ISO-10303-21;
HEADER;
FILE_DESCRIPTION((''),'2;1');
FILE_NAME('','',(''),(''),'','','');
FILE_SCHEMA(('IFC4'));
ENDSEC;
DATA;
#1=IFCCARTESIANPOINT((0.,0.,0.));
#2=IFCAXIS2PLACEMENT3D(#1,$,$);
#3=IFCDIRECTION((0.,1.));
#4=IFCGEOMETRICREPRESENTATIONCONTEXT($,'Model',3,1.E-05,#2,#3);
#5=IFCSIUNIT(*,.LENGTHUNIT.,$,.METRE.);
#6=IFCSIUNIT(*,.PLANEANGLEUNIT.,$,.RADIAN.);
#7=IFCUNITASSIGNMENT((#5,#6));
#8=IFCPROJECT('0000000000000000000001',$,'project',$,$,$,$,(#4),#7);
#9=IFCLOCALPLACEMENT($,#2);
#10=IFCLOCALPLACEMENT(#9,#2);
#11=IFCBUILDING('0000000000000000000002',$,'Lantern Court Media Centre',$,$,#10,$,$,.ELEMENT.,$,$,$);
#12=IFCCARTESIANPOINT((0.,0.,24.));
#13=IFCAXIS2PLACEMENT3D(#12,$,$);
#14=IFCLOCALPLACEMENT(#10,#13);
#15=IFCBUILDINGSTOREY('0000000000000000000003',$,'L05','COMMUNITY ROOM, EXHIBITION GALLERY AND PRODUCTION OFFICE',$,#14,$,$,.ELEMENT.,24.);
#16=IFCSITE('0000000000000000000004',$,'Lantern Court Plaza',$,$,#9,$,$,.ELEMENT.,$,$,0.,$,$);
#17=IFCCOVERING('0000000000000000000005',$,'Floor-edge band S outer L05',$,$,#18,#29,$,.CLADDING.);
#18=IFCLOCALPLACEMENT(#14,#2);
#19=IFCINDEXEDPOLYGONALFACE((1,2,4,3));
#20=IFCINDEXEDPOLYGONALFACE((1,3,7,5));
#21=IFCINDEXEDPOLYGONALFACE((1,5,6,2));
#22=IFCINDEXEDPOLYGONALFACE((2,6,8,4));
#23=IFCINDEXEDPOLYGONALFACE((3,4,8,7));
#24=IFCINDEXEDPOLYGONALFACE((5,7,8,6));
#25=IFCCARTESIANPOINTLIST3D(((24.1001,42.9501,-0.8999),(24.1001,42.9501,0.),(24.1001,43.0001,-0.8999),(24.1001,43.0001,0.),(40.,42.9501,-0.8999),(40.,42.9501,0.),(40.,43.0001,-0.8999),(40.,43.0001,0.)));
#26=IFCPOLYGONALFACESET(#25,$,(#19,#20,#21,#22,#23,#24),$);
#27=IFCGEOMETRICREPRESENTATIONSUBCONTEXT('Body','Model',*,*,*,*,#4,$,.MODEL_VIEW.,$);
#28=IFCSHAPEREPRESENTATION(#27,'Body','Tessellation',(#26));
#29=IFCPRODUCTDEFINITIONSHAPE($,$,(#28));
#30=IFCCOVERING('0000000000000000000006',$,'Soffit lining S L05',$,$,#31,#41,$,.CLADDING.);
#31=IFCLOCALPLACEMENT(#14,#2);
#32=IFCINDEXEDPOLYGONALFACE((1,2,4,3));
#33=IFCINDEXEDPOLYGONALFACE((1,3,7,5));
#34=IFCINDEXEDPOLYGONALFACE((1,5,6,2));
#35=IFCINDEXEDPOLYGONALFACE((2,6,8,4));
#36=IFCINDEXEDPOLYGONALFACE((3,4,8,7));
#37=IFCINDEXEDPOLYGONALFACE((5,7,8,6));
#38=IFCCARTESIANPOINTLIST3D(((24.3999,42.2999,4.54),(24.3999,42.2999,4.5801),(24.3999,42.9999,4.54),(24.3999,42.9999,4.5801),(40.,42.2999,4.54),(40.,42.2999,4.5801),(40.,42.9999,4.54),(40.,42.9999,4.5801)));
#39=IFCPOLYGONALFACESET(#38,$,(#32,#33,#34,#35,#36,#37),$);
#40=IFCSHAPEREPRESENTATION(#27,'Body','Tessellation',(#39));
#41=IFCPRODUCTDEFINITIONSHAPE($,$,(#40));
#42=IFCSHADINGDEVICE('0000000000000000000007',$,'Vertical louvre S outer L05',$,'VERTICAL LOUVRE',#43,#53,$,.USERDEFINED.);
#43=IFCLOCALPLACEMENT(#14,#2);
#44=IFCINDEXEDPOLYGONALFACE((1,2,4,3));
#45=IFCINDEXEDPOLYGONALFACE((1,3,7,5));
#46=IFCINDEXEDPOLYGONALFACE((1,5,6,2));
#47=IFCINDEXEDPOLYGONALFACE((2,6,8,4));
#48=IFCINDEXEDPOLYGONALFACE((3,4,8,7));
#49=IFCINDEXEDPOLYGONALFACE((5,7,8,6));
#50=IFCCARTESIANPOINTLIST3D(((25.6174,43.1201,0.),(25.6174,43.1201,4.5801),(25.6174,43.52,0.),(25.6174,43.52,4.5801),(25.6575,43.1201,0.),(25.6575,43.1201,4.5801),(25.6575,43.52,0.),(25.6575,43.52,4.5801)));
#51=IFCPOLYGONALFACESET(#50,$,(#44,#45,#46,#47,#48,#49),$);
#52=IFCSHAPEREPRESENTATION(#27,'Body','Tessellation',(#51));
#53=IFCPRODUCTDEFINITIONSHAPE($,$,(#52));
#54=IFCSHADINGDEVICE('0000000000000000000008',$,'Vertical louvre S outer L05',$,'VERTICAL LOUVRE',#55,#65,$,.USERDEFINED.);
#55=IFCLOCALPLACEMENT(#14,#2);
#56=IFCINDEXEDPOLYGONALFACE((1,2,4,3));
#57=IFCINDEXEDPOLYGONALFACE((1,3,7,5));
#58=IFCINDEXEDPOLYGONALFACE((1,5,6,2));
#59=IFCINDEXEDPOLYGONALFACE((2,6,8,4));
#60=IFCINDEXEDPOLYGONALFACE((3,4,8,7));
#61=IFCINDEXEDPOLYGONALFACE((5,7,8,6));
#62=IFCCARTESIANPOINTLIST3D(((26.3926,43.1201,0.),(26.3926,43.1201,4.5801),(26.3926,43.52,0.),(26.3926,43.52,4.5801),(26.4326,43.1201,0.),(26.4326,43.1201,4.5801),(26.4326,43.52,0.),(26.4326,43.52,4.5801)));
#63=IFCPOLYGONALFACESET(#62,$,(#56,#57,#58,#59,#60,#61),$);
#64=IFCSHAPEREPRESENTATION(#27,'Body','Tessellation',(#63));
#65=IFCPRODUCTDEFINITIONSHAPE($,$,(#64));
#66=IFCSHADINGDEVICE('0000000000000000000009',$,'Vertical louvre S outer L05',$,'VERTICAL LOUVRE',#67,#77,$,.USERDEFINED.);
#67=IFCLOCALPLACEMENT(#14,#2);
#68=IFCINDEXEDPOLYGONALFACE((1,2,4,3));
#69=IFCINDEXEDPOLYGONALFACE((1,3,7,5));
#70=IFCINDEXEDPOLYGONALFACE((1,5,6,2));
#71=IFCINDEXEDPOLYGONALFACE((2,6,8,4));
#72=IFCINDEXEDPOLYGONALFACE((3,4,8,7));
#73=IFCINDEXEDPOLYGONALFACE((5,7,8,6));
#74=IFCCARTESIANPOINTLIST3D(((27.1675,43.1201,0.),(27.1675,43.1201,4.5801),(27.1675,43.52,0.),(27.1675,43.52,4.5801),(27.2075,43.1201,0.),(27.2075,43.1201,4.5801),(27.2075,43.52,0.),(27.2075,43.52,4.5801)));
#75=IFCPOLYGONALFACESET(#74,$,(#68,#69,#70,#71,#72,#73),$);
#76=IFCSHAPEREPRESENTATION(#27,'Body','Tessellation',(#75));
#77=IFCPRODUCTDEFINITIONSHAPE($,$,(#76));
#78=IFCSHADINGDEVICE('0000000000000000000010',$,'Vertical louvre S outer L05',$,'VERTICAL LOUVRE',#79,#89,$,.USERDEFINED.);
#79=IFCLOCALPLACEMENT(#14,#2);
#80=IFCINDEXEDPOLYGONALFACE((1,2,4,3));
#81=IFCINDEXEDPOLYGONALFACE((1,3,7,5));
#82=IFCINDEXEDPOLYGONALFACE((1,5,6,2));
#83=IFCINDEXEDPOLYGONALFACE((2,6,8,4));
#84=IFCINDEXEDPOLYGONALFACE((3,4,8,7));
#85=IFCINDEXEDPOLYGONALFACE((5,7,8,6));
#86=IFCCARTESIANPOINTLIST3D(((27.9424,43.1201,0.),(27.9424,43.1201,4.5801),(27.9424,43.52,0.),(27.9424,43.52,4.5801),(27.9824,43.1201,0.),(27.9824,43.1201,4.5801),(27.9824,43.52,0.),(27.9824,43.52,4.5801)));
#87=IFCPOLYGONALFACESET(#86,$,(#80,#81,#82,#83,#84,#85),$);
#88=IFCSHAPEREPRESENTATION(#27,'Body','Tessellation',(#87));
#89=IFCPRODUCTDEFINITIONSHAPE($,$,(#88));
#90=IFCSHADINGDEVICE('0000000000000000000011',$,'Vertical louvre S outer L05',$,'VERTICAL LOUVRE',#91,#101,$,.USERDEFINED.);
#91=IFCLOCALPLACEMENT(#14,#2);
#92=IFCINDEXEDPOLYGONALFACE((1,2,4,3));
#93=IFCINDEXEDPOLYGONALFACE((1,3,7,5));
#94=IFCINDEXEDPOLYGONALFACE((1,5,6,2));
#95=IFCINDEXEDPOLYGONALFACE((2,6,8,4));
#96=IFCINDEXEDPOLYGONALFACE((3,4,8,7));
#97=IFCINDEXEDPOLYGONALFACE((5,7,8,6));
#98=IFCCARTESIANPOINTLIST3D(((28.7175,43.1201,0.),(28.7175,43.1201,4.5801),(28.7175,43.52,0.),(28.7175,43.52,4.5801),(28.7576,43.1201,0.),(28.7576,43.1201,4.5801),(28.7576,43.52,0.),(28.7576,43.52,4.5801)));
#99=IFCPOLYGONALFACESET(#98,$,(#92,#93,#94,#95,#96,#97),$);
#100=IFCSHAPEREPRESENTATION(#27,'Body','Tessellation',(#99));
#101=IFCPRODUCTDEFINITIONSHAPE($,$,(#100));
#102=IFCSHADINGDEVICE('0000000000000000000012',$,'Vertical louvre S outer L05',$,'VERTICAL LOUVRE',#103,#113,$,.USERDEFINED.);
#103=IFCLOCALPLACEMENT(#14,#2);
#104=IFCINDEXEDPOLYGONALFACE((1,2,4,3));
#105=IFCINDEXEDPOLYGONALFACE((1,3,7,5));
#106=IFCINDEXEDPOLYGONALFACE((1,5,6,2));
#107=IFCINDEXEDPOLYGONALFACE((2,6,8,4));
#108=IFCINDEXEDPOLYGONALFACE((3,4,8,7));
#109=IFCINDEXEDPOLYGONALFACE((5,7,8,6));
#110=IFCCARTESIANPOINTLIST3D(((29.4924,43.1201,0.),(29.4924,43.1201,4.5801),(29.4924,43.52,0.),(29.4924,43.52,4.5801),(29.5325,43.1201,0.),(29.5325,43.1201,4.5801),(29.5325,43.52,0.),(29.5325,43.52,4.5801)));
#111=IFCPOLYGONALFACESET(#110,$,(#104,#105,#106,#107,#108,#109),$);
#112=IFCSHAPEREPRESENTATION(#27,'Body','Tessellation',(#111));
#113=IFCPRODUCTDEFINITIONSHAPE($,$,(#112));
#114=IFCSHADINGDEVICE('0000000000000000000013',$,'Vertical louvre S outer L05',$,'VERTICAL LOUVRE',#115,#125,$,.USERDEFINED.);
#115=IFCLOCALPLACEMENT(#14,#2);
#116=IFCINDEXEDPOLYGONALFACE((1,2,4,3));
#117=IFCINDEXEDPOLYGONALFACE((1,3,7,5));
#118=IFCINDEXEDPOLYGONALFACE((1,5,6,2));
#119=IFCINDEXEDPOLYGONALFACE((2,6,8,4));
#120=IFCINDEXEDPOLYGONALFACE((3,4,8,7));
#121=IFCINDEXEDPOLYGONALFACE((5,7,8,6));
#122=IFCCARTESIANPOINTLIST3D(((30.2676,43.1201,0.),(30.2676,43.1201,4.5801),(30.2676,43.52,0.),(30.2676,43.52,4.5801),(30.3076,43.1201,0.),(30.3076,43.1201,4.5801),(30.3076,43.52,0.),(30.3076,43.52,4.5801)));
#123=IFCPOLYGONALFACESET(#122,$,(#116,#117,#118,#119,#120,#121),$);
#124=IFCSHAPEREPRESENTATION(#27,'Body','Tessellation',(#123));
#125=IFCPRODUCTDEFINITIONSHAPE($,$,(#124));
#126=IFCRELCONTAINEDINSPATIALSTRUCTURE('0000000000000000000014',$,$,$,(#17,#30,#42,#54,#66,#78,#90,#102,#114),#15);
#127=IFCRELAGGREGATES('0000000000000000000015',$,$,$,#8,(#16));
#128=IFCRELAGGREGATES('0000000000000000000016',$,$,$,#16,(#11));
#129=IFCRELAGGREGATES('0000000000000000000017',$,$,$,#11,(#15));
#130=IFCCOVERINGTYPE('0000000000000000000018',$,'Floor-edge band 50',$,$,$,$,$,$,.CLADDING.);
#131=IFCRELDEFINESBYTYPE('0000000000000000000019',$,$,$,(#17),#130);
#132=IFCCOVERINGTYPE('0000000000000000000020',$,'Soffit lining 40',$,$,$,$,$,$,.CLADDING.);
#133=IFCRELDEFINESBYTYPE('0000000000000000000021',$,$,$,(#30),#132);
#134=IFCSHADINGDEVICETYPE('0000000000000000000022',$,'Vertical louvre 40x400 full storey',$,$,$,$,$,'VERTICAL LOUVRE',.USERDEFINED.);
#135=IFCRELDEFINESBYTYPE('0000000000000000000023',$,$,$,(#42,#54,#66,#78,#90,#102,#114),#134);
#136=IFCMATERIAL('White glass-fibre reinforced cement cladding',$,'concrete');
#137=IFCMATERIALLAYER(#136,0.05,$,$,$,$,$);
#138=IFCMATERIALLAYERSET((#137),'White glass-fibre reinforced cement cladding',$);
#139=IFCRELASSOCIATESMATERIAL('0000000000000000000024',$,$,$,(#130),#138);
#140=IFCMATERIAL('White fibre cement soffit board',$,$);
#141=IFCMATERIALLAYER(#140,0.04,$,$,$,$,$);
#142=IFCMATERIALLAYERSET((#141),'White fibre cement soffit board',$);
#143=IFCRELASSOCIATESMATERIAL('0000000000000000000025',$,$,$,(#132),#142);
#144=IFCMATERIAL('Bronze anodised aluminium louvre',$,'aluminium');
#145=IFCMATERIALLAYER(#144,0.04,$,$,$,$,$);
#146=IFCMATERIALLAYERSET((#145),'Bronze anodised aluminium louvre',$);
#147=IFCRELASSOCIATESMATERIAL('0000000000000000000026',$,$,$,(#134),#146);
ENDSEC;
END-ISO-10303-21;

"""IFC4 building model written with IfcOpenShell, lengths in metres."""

from ifc_helpers import new_model, si_unit, direction, frame, frame_2d, origin, origin_2d, place, context, subcontext, project, spatial, rectangle, extrude, material, layer, layer_set, type_object, element, save


model = new_model("IFC4")

# Units and contexts
model_context = context("Model", 3, precision=1e-05, world=origin(), true_north=direction((0.0, 1.0)))
body_context = subcontext(model_context, "Body", "Model", "MODEL_VIEW")
ifc_project = project(units=[si_unit("LENGTHUNIT", "METRE"), si_unit("PLANEANGLEUNIT", "RADIAN")], contexts=[model_context])

# Site, building, storey
site_placement = place(None, origin())
site = spatial("IfcSite", under=ifc_project, at=site_placement, Name="Lantern Court Plaza", CompositionType="ELEMENT", RefElevation=0.0)
building_placement = place(site_placement, origin())
building = spatial("IfcBuilding", under=site, at=building_placement, Name="Lantern Court Media Centre", CompositionType="ELEMENT")
storey_placement = place(building_placement, frame((0.0, 0.0, 24.0)))
storey = spatial("IfcBuildingStorey", under=building, at=storey_placement, Name="L05", Description="COMMUNITY ROOM, EXHIBITION GALLERY AND PRODUCTION OFFICE", CompositionType="ELEMENT", Elevation=24.0)

# Coverings
ifc_material_1 = material(Name="White glass-fibre reinforced cement cladding", Category="concrete")
ifc_layer_1 = layer(ifc_material_1, 0.05)
ifc_layer_set_1 = layer_set([ifc_layer_1], Name="White glass-fibre reinforced cement cladding")
covering_type_1 = type_object("IfcCoveringType", Name="Floor-edge band 50", PredefinedType="CLADDING", material=ifc_layer_set_1)
covering_1_placement = place(storey_placement, frame((24.1001, 42.9751, -0.8999), z_axis=(0.0, 0.0, 1.0), x_axis=(1.0, 0.0, 0.0)))
element("IfcCovering", 1, at=covering_1_placement, inside=storey, type_object=covering_type_1, Name="Floor-edge band S outer L05", PredefinedType="CLADDING", context=body_context, shape_type="SweptSolid", body=[
    extrude(rectangle(XDim=15.8999, YDim=0.05, at=frame_2d((7.95, 0.0))), origin(), (0.0, 0.0, 1.0), 0.8999),
])
ifc_material_2 = material(Name="White fibre cement soffit board")
ifc_layer_2 = layer(ifc_material_2, 0.04)
ifc_layer_set_2 = layer_set([ifc_layer_2], Name="White fibre cement soffit board")
covering_type_2 = type_object("IfcCoveringType", Name="Soffit lining 40", PredefinedType="CLADDING", material=ifc_layer_set_2)
covering_2_placement = place(storey_placement, frame((24.3999, 42.6499, 4.54), z_axis=(0.0, 0.0, 1.0), x_axis=(1.0, 0.0, 0.0)))
element("IfcCovering", 2, at=covering_2_placement, inside=storey, type_object=covering_type_2, Name="Soffit lining S L05", PredefinedType="CLADDING", context=body_context, shape_type="SweptSolid", body=[
    extrude(rectangle(XDim=15.6001, YDim=0.7, at=frame_2d((7.8, 0.0))), origin(), (0.0, 0.0, 1.0), 0.04),
])

# Shading devices
ifc_material_3 = material(Name="Bronze anodised aluminium louvre", Category="aluminium")
ifc_layer_3 = layer(ifc_material_3, 0.04)
ifc_layer_set_3 = layer_set([ifc_layer_3], Name="Bronze anodised aluminium louvre")
shading_device_type = type_object("IfcShadingDeviceType", Name="Vertical louvre 40x400 full storey", ElementType="VERTICAL LOUVRE", PredefinedType="USERDEFINED", material=ifc_layer_set_3)
for number, where, z_axis, x_axis, name in (
    (3, (25.6375, 43.3201, 0.0), (0.0, 0.0, 1.0), (1.0, 0.0, 0.0), "Vertical louvre S outer L05"),
    (4, (26.4126, 43.3201, 0.0), (0.0, 0.0, 1.0), (1.0, 0.0, 0.0), "Vertical louvre S outer L05"),
    (5, (27.1875, 43.3201, 0.0), (0.0, 0.0, 1.0), (1.0, 0.0, 0.0), "Vertical louvre S outer L05"),
    (6, (27.9624, 43.3201, 0.0), (0.0, 0.0, 1.0), (1.0, 0.0, 0.0), "Vertical louvre S outer L05"),
    (7, (28.7375, 43.3201, 0.0), (0.0, 0.0, 1.0), (1.0, 0.0, 0.0), "Vertical louvre S outer L05"),
    (8, (29.5125, 43.3201, 0.0), (0.0, 0.0, 1.0), (1.0, 0.0, 0.0), "Vertical louvre S outer L05"),
    (9, (30.2876, 43.3201, 0.0), (0.0, 0.0, 1.0), (1.0, 0.0, 0.0), "Vertical louvre S outer L05"),
):
    element("IfcShadingDevice", number, at=place(storey_placement, frame(where, z_axis=z_axis, x_axis=x_axis)), inside=storey, type_object=shading_device_type, Name=name, ObjectType="VERTICAL LOUVRE", PredefinedType="USERDEFINED", context=body_context, shape_type="SweptSolid", body=[
        extrude(rectangle(XDim=0.04, YDim=0.3999, at=origin_2d()), origin(), (0.0, 0.0, 1.0), 4.5801),
    ])

save(model, "model.ifc")
